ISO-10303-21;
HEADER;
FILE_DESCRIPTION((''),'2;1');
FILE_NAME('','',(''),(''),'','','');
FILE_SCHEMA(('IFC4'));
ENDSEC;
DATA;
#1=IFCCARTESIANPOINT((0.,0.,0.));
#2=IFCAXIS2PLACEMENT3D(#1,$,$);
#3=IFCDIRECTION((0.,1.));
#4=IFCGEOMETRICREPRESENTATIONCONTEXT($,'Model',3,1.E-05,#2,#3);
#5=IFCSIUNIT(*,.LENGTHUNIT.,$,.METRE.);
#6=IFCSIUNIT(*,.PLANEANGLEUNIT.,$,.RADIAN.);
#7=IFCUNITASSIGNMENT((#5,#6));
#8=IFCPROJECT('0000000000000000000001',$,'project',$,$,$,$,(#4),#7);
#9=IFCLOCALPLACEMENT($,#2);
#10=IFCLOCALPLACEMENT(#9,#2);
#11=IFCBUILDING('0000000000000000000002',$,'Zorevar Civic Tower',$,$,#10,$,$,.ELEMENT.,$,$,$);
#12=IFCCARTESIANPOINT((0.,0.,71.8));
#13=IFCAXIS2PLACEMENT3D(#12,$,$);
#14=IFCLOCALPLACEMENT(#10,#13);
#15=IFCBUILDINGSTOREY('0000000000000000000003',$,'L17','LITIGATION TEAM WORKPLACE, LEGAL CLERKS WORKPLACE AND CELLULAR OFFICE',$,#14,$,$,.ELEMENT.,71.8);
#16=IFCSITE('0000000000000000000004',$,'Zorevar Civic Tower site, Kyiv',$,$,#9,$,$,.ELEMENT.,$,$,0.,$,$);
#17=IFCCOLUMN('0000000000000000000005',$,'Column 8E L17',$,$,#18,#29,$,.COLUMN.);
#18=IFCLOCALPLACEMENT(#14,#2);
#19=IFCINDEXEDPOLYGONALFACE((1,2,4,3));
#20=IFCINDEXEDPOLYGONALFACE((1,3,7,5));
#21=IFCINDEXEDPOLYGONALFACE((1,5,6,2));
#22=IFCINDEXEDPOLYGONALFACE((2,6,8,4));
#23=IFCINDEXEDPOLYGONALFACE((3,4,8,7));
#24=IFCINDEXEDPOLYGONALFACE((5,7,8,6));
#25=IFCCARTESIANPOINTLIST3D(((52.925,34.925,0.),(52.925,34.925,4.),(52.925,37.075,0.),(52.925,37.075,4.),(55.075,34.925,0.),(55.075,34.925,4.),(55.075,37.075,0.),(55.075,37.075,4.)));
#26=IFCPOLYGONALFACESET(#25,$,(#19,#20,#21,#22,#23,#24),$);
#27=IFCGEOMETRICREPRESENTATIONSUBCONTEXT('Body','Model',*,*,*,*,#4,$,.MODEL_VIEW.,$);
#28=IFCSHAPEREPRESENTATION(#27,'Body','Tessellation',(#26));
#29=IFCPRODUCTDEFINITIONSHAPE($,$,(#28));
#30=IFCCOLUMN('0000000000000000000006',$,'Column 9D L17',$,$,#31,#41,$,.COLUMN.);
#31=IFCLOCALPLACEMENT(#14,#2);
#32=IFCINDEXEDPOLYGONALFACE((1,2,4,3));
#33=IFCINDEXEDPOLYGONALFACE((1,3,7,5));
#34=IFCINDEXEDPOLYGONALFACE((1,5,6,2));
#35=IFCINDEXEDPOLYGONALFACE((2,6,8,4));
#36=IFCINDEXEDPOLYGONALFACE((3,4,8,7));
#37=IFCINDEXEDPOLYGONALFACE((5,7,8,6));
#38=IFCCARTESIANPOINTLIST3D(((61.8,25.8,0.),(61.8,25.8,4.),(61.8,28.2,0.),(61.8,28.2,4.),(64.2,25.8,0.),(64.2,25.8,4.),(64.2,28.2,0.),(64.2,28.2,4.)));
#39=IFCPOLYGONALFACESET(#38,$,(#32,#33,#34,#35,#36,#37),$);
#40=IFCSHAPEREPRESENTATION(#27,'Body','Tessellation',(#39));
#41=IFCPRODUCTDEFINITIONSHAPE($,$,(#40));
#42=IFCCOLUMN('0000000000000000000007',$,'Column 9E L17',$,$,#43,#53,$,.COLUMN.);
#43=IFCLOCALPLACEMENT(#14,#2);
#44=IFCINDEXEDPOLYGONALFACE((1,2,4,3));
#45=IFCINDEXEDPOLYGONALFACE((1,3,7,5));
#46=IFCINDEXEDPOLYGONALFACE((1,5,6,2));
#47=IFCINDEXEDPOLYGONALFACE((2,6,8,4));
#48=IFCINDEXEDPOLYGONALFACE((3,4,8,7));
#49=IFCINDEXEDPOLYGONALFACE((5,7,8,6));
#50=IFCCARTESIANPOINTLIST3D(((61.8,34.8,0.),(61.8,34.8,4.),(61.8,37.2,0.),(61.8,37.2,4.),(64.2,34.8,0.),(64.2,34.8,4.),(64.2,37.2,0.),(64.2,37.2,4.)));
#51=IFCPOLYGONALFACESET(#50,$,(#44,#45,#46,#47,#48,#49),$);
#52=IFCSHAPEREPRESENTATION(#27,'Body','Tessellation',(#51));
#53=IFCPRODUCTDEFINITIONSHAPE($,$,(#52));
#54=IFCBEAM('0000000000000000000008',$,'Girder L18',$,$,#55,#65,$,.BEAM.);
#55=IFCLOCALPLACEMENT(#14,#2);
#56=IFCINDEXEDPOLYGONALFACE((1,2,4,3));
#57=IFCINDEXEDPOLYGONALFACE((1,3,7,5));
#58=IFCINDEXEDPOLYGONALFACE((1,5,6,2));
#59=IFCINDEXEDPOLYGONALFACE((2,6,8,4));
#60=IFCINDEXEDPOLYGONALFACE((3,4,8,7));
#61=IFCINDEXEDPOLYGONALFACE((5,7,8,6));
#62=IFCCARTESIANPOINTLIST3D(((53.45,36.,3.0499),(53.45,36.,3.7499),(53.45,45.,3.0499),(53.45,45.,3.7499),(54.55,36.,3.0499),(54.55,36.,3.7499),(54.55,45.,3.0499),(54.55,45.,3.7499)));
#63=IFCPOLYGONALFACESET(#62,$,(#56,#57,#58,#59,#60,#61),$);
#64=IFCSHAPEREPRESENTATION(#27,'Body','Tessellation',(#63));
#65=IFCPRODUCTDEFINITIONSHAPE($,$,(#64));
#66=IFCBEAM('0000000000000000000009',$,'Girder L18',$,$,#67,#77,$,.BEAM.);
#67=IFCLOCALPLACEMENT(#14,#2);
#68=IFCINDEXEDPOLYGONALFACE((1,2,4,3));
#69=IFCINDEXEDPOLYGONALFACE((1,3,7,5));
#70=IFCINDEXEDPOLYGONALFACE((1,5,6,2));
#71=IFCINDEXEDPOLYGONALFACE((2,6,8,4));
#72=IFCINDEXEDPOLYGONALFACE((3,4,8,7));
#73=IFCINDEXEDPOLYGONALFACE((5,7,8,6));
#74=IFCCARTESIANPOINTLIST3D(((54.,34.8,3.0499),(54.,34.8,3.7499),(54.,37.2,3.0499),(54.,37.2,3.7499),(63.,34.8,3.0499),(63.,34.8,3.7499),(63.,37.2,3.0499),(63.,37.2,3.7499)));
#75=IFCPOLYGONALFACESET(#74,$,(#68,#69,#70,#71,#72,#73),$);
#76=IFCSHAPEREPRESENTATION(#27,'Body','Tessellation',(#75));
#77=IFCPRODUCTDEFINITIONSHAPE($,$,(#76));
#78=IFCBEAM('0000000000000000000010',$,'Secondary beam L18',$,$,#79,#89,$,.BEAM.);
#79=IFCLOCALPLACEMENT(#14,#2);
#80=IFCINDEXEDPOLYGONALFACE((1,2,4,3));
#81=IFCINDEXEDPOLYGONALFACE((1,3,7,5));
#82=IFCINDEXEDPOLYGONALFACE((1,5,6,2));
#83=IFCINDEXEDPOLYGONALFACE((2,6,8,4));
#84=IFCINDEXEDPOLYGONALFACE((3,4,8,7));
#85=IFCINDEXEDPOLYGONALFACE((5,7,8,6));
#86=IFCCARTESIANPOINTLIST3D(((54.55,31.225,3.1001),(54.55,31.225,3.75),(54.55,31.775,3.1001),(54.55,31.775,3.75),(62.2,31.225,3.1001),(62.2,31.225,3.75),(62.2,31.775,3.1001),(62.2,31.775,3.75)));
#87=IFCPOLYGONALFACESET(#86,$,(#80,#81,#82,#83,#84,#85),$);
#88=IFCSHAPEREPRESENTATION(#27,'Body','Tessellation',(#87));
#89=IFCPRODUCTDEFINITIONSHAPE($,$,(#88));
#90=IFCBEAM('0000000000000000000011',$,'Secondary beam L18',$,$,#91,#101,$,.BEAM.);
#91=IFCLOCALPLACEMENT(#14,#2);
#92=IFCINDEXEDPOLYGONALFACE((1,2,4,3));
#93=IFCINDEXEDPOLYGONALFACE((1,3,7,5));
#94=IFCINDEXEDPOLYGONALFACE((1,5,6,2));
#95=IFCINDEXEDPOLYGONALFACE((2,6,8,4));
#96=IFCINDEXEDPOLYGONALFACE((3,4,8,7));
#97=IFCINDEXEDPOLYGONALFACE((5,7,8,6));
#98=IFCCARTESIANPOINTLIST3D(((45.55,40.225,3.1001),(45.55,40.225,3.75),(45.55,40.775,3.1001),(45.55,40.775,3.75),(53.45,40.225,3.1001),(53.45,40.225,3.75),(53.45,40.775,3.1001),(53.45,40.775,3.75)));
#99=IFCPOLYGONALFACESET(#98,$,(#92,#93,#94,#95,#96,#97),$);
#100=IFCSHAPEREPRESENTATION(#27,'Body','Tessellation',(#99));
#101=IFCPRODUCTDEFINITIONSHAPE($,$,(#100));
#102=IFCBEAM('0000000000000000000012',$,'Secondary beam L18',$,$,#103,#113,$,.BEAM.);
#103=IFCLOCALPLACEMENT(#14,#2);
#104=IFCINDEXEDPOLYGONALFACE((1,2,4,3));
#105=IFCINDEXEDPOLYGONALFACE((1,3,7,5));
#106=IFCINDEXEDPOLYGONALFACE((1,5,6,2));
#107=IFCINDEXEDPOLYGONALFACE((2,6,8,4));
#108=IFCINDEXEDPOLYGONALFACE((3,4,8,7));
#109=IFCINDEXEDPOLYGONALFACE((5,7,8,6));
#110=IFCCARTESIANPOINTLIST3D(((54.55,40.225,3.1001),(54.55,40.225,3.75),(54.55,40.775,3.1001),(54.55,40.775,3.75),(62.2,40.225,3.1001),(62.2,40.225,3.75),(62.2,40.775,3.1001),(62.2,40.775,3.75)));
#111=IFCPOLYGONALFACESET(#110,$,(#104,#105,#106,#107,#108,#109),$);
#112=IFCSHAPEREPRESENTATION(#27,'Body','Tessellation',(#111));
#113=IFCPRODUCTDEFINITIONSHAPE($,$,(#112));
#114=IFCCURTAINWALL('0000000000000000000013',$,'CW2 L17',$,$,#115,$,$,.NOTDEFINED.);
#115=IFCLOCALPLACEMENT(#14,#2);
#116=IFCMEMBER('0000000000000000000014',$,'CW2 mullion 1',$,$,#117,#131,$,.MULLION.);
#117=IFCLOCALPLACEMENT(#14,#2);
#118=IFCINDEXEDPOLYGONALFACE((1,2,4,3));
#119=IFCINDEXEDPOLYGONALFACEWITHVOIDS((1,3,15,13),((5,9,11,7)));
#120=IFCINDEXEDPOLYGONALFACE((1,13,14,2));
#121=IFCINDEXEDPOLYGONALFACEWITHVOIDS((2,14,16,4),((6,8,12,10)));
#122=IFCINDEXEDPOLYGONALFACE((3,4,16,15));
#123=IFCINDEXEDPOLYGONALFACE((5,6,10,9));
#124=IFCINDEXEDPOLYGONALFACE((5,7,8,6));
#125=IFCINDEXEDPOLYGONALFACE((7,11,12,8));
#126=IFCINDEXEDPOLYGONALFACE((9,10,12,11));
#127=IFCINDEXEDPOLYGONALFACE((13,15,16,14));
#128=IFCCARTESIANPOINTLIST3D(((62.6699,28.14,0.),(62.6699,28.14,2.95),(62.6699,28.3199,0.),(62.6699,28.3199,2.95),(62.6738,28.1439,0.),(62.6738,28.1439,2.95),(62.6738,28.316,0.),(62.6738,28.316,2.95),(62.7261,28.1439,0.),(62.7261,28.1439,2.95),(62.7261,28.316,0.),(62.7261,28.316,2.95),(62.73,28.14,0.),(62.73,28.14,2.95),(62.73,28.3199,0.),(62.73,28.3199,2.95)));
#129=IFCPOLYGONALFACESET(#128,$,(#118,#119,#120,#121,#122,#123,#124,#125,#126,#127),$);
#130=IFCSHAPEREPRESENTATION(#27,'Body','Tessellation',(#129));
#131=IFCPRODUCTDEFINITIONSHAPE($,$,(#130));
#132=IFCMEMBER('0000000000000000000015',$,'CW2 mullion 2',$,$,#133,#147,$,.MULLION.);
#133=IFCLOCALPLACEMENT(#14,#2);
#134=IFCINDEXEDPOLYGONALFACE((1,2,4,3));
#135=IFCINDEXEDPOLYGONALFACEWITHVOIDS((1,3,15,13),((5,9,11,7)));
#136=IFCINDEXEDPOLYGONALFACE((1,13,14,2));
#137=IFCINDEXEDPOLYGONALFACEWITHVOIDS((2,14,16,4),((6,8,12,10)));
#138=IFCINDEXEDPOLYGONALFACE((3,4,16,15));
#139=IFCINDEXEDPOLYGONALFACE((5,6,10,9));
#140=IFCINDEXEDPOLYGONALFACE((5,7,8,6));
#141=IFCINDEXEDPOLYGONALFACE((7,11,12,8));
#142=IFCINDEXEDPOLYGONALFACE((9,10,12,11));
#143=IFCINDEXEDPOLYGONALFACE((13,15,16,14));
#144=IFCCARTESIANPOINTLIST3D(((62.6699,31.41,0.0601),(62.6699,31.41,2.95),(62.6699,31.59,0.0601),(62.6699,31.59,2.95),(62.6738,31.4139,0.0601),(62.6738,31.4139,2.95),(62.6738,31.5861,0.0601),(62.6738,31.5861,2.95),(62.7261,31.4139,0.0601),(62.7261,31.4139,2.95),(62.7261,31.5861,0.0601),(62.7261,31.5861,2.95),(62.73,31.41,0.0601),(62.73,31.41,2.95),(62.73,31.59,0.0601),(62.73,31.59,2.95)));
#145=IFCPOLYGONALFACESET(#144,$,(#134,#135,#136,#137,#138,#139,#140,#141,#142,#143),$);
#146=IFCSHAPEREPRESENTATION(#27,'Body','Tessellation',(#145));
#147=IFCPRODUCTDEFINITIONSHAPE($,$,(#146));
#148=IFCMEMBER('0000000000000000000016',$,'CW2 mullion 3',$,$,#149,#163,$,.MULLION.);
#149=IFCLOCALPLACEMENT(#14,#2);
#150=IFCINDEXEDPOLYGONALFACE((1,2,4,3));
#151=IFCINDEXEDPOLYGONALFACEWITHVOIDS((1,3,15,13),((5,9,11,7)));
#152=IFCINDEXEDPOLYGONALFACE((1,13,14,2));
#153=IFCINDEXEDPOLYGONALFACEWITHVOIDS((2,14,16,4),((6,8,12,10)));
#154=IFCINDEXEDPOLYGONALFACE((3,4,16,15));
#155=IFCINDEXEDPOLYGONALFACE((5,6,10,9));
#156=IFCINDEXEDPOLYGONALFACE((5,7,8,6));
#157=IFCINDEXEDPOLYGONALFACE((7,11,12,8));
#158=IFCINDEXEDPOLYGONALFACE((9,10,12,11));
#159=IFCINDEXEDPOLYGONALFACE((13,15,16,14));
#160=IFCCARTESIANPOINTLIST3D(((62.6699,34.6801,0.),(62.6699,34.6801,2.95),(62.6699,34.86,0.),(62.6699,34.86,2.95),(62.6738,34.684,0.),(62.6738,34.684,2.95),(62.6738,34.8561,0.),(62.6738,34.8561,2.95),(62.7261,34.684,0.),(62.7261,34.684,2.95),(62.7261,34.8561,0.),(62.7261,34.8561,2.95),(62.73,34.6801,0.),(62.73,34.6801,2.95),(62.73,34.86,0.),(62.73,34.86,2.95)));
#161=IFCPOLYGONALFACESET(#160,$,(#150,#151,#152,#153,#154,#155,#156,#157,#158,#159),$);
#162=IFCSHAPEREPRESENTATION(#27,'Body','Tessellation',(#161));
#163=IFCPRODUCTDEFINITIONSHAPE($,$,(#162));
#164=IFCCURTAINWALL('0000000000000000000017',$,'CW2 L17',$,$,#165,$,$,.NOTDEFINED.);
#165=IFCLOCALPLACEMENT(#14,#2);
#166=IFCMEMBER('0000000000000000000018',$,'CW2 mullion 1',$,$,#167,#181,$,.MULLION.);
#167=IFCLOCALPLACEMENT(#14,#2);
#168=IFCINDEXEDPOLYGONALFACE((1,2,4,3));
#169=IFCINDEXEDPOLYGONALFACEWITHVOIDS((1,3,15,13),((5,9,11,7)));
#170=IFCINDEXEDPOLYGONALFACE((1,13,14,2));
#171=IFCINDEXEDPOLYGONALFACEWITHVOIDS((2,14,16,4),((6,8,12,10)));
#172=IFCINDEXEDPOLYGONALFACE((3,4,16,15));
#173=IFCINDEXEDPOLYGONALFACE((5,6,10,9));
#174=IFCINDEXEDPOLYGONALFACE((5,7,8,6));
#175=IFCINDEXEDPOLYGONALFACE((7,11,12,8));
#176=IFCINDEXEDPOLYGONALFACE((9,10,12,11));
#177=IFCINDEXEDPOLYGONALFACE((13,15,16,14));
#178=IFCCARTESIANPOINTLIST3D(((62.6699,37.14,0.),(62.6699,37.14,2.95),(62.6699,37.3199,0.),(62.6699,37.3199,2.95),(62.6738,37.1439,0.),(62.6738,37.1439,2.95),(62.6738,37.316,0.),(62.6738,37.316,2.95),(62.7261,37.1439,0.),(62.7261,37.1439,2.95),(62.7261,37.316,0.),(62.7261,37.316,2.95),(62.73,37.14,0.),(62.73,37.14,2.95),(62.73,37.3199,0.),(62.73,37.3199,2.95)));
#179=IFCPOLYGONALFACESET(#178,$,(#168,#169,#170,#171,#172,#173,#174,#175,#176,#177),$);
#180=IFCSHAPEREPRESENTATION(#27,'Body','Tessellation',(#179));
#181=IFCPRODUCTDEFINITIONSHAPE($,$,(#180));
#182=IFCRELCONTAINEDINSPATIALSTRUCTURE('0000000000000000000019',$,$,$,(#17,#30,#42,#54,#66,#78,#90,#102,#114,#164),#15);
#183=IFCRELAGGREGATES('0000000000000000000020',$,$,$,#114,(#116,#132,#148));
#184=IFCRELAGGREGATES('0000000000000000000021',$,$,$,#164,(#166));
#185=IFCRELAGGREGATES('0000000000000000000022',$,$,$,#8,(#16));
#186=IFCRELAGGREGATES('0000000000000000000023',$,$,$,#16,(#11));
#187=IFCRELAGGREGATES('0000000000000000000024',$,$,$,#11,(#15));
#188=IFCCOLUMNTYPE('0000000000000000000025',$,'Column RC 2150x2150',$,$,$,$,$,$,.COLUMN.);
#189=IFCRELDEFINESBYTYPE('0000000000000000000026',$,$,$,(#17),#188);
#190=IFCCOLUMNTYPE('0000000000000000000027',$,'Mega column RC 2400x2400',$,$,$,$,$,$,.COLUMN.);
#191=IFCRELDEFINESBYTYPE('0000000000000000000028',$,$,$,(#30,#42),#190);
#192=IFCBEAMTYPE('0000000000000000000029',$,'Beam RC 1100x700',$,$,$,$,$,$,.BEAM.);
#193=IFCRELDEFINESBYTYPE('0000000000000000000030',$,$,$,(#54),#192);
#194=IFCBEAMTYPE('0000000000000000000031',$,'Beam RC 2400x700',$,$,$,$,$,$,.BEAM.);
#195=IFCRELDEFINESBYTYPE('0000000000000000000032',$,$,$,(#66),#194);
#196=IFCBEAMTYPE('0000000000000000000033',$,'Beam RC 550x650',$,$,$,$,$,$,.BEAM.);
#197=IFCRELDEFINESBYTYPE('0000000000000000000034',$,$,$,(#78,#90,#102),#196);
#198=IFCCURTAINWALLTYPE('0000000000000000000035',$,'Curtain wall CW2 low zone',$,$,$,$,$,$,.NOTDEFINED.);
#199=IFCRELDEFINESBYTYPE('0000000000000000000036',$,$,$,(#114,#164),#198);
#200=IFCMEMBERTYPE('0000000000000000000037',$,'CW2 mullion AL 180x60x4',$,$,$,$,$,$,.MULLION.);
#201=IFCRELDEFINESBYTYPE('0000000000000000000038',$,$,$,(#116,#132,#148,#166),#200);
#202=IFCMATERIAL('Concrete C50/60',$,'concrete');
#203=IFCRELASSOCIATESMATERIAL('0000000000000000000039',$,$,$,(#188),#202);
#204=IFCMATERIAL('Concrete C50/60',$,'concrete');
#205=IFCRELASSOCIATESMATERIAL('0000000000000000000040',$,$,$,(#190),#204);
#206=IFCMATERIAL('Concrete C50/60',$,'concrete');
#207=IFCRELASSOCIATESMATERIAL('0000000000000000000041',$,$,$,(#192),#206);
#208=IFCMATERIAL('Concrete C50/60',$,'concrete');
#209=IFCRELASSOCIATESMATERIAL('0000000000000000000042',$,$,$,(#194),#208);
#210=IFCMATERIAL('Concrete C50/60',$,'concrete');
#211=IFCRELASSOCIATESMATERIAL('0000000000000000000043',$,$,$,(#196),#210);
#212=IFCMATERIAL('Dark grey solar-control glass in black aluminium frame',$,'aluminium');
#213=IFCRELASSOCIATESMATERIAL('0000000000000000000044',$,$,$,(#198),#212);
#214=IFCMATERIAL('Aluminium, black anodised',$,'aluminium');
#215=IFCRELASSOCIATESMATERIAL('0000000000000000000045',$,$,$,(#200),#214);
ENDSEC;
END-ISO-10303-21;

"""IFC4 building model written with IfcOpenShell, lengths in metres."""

from ifc_helpers import new_model, si_unit, direction, frame, origin, origin_2d, place, context, subcontext, project, spatial, rectangle, hollow_rectangle, extrude, material, material_profile, profile_set, type_object, element, aggregate, save


model = new_model("IFC4")

# Units and contexts
model_context = context("Model", 3, precision=1e-05, world=origin(), true_north=direction((0.0, 1.0)))
body_context = subcontext(model_context, "Body", "Model", "MODEL_VIEW")
ifc_project = project(units=[si_unit("LENGTHUNIT", "METRE"), si_unit("PLANEANGLEUNIT", "RADIAN")], contexts=[model_context])

# Site, building, storey
site_placement = place(None, origin())
site = spatial("IfcSite", under=ifc_project, at=site_placement, Name="Zorevar Civic Tower site, Kyiv", CompositionType="ELEMENT", RefElevation=0.0)
building_placement = place(site_placement, origin())
building = spatial("IfcBuilding", under=site, at=building_placement, Name="Zorevar Civic Tower", CompositionType="ELEMENT")
storey_placement = place(building_placement, frame((0.0, 0.0, 71.8)))
storey = spatial("IfcBuildingStorey", under=building, at=storey_placement, Name="L17", Description="LITIGATION TEAM WORKPLACE, LEGAL CLERKS WORKPLACE AND CELLULAR OFFICE", CompositionType="ELEMENT", Elevation=71.8)

# Columns
ifc_material_1 = material(Name="Concrete C50/60", Category="concrete")
ifc_material_profile_1 = material_profile(ifc_material_1, rectangle(XDim=2.1499, YDim=2.1499, at=origin_2d()), Name="RC 2150x2150")
ifc_profile_set_1 = profile_set([ifc_material_profile_1], Name="Concrete C50/60")
column_type_1 = type_object("IfcColumnType", Name="Column RC 2150x2150", PredefinedType="COLUMN", material=ifc_profile_set_1)
column_placement = place(storey_placement, frame((54.0, 36.0, 0.0), z_axis=(0.0, 0.0, 1.0), x_axis=(1.0, 0.0, 0.0)))
element("IfcColumn", 1, at=column_placement, inside=storey, type_object=column_type_1, Name="Column 8E L17", PredefinedType="COLUMN", context=body_context, shape_type="SweptSolid", body=[
    extrude(rectangle(XDim=2.1499, YDim=2.1499, at=origin_2d()), origin(), (0.0, 0.0, 1.0), 4.0),
])
ifc_material_2 = material(Name="Concrete C50/60", Category="concrete")
ifc_material_profile_2 = material_profile(ifc_material_2, rectangle(XDim=2.3999, YDim=2.3999, at=origin_2d()), Name="RC 2400x2400")
ifc_profile_set_2 = profile_set([ifc_material_profile_2], Name="Concrete C50/60")
column_type_2 = type_object("IfcColumnType", Name="Mega column RC 2400x2400", PredefinedType="COLUMN", material=ifc_profile_set_2)
for number, where, z_axis, x_axis, name in (
    (2, (63.0, 27.0, 0.0), (0.0, 0.0, 1.0), (1.0, 0.0, 0.0), "Column 9D L17"),
    (3, (63.0, 36.0, 0.0), (0.0, 0.0, 1.0), (1.0, 0.0, 0.0), "Column 9E L17"),
):
    element("IfcColumn", number, at=place(storey_placement, frame(where, z_axis=z_axis, x_axis=x_axis)), inside=storey, type_object=column_type_2, Name=name, PredefinedType="COLUMN", context=body_context, shape_type="SweptSolid", body=[
        extrude(rectangle(XDim=2.3999, YDim=2.3999, at=origin_2d()), origin(), (0.0, 0.0, 1.0), 4.0),
    ])

# Beams
ifc_material_3 = material(Name="Concrete C50/60", Category="concrete")
ifc_material_profile_3 = material_profile(ifc_material_3, rectangle(XDim=1.1001, YDim=0.7, at=origin_2d()), Name="RC 1100x700")
ifc_profile_set_3 = profile_set([ifc_material_profile_3], Name="Concrete C50/60")
beam_type_1 = type_object("IfcBeamType", Name="Beam RC 1100x700", PredefinedType="BEAM", material=ifc_profile_set_3)
beam_1_placement = place(storey_placement, frame((54.0, 36.0, 3.3999), z_axis=(0.0, 1.0, 0.0), x_axis=(-1.0, 0.0, 0.0)))
element("IfcBeam", 4, at=beam_1_placement, inside=storey, type_object=beam_type_1, Name="Girder L18", PredefinedType="BEAM", context=body_context, shape_type="SweptSolid", body=[
    extrude(rectangle(XDim=1.1001, YDim=0.7, at=origin_2d()), origin(), (0.0, 0.0, 1.0), 9.0),
])
ifc_material_4 = material(Name="Concrete C50/60", Category="concrete")
ifc_material_profile_4 = material_profile(ifc_material_4, rectangle(XDim=2.3999, YDim=0.7, at=origin_2d()), Name="RC 2400x700")
ifc_profile_set_4 = profile_set([ifc_material_profile_4], Name="Concrete C50/60")
beam_type_2 = type_object("IfcBeamType", Name="Beam RC 2400x700", PredefinedType="BEAM", material=ifc_profile_set_4)
beam_2_placement = place(storey_placement, frame((54.0, 36.0, 3.3999), z_axis=(1.0, 0.0, 0.0), x_axis=(0.0, 1.0, 0.0)))
element("IfcBeam", 5, at=beam_2_placement, inside=storey, type_object=beam_type_2, Name="Girder L18", PredefinedType="BEAM", context=body_context, shape_type="SweptSolid", body=[
    extrude(rectangle(XDim=2.3999, YDim=0.7, at=origin_2d()), origin(), (0.0, 0.0, 1.0), 9.0),
])
ifc_material_5 = material(Name="Concrete C50/60", Category="concrete")
ifc_material_profile_5 = material_profile(ifc_material_5, rectangle(XDim=0.55, YDim=0.6499, at=origin_2d()), Name="RC 550x650")
ifc_profile_set_5 = profile_set([ifc_material_profile_5], Name="Concrete C50/60")
beam_type_3 = type_object("IfcBeamType", Name="Beam RC 550x650", PredefinedType="BEAM", material=ifc_profile_set_5)
beam_3_placement = place(storey_placement, frame((54.55, 31.5, 3.425), z_axis=(1.0, 0.0, 0.0), x_axis=(0.0, 1.0, 0.0)))
element("IfcBeam", 6, at=beam_3_placement, inside=storey, type_object=beam_type_3, Name="Secondary beam L18", PredefinedType="BEAM", context=body_context, shape_type="SweptSolid", body=[
    extrude(rectangle(XDim=0.55, YDim=0.6499, at=origin_2d()), origin(), (0.0, 0.0, 1.0), 7.6499),
])
beam_4_placement = place(storey_placement, frame((45.55, 40.5, 3.425), z_axis=(1.0, 0.0, 0.0), x_axis=(0.0, 1.0, 0.0)))
element("IfcBeam", 7, at=beam_4_placement, inside=storey, type_object=beam_type_3, Name="Secondary beam L18", PredefinedType="BEAM", context=body_context, shape_type="SweptSolid", body=[
    extrude(rectangle(XDim=0.55, YDim=0.6499, at=origin_2d()), origin(), (0.0, 0.0, 1.0), 7.8999),
])
beam_5_placement = place(storey_placement, frame((54.55, 40.5, 3.425), z_axis=(1.0, 0.0, 0.0), x_axis=(0.0, 1.0, 0.0)))
element("IfcBeam", 8, at=beam_5_placement, inside=storey, type_object=beam_type_3, Name="Secondary beam L18", PredefinedType="BEAM", context=body_context, shape_type="SweptSolid", body=[
    extrude(rectangle(XDim=0.55, YDim=0.6499, at=origin_2d()), origin(), (0.0, 0.0, 1.0), 7.6499),
])

# Curtain walls, members
ifc_material_6 = material(Name="Dark grey solar-control glass in black aluminium frame", Category="aluminium")
curtain_wall_type = type_object("IfcCurtainWallType", Name="Curtain wall CW2 low zone", PredefinedType="NOTDEFINED", material=ifc_material_6)
curtain_wall_1_placement = place(storey_placement, origin())
curtain_wall_1 = element("IfcCurtainWall", 9, at=curtain_wall_1_placement, inside=storey, type_object=curtain_wall_type, Name="CW2 L17", PredefinedType="NOTDEFINED")
ifc_material_7 = material(Name="Aluminium, black anodised", Category="aluminium")
ifc_material_profile_6 = material_profile(ifc_material_7, hollow_rectangle(XDim=0.0601, YDim=0.1799, WallThickness=0.0039, at=origin_2d()), Name="AL 180x60x4")
ifc_profile_set_6 = profile_set([ifc_material_profile_6], Name="Aluminium, black anodised")
member_type_1 = type_object("IfcMemberType", Name="CW2 mullion AL 180x60x4", PredefinedType="MULLION", material=ifc_profile_set_6)
member_1_placement = place(storey_placement, frame((62.7, 28.23, 0.0), z_axis=(0.0, 0.0, 1.0), x_axis=(-1.0, 0.0, 0.0)))
member_1 = element("IfcMember", 10, at=member_1_placement, type_object=member_type_1, Name="CW2 mullion 1", PredefinedType="MULLION", context=body_context, shape_type="SweptSolid", body=[
    extrude(hollow_rectangle(XDim=0.0601, YDim=0.1799, WallThickness=0.0039, at=origin_2d()), origin(), (0.0, 0.0, 1.0), 2.95),
])
member_2_placement = place(storey_placement, frame((62.7, 31.5, 0.0601), z_axis=(0.0, 0.0, 1.0), x_axis=(-1.0, 0.0, 0.0)))
member_2 = element("IfcMember", 11, at=member_2_placement, type_object=member_type_1, Name="CW2 mullion 2", PredefinedType="MULLION", context=body_context, shape_type="SweptSolid", body=[
    extrude(hollow_rectangle(XDim=0.0601, YDim=0.1799, WallThickness=0.0039, at=origin_2d()), origin(), (0.0, 0.0, 1.0), 2.8899),
])
member_3_placement = place(storey_placement, frame((62.7, 34.77, 0.0), z_axis=(0.0, 0.0, 1.0), x_axis=(-1.0, 0.0, 0.0)))
member_3 = element("IfcMember", 12, at=member_3_placement, type_object=member_type_1, Name="CW2 mullion 3", PredefinedType="MULLION", context=body_context, shape_type="SweptSolid", body=[
    extrude(hollow_rectangle(XDim=0.0601, YDim=0.1799, WallThickness=0.0039, at=origin_2d()), origin(), (0.0, 0.0, 1.0), 2.95),
])
curtain_wall_2_placement = place(storey_placement, origin())
curtain_wall_2 = element("IfcCurtainWall", 13, at=curtain_wall_2_placement, inside=storey, type_object=curtain_wall_type, Name="CW2 L17", PredefinedType="NOTDEFINED")
member_4_placement = place(storey_placement, frame((62.7, 37.23, 0.0), z_axis=(0.0, 0.0, 1.0), x_axis=(-1.0, 0.0, 0.0)))
member_4 = element("IfcMember", 14, at=member_4_placement, type_object=member_type_1, Name="CW2 mullion 1", PredefinedType="MULLION", context=body_context, shape_type="SweptSolid", body=[
    extrude(hollow_rectangle(XDim=0.0601, YDim=0.1799, WallThickness=0.0039, at=origin_2d()), origin(), (0.0, 0.0, 1.0), 2.95),
])

aggregate(curtain_wall_1, [member_1, member_2, member_3])
aggregate(curtain_wall_2, [member_4])

save(model, "model.ifc")
